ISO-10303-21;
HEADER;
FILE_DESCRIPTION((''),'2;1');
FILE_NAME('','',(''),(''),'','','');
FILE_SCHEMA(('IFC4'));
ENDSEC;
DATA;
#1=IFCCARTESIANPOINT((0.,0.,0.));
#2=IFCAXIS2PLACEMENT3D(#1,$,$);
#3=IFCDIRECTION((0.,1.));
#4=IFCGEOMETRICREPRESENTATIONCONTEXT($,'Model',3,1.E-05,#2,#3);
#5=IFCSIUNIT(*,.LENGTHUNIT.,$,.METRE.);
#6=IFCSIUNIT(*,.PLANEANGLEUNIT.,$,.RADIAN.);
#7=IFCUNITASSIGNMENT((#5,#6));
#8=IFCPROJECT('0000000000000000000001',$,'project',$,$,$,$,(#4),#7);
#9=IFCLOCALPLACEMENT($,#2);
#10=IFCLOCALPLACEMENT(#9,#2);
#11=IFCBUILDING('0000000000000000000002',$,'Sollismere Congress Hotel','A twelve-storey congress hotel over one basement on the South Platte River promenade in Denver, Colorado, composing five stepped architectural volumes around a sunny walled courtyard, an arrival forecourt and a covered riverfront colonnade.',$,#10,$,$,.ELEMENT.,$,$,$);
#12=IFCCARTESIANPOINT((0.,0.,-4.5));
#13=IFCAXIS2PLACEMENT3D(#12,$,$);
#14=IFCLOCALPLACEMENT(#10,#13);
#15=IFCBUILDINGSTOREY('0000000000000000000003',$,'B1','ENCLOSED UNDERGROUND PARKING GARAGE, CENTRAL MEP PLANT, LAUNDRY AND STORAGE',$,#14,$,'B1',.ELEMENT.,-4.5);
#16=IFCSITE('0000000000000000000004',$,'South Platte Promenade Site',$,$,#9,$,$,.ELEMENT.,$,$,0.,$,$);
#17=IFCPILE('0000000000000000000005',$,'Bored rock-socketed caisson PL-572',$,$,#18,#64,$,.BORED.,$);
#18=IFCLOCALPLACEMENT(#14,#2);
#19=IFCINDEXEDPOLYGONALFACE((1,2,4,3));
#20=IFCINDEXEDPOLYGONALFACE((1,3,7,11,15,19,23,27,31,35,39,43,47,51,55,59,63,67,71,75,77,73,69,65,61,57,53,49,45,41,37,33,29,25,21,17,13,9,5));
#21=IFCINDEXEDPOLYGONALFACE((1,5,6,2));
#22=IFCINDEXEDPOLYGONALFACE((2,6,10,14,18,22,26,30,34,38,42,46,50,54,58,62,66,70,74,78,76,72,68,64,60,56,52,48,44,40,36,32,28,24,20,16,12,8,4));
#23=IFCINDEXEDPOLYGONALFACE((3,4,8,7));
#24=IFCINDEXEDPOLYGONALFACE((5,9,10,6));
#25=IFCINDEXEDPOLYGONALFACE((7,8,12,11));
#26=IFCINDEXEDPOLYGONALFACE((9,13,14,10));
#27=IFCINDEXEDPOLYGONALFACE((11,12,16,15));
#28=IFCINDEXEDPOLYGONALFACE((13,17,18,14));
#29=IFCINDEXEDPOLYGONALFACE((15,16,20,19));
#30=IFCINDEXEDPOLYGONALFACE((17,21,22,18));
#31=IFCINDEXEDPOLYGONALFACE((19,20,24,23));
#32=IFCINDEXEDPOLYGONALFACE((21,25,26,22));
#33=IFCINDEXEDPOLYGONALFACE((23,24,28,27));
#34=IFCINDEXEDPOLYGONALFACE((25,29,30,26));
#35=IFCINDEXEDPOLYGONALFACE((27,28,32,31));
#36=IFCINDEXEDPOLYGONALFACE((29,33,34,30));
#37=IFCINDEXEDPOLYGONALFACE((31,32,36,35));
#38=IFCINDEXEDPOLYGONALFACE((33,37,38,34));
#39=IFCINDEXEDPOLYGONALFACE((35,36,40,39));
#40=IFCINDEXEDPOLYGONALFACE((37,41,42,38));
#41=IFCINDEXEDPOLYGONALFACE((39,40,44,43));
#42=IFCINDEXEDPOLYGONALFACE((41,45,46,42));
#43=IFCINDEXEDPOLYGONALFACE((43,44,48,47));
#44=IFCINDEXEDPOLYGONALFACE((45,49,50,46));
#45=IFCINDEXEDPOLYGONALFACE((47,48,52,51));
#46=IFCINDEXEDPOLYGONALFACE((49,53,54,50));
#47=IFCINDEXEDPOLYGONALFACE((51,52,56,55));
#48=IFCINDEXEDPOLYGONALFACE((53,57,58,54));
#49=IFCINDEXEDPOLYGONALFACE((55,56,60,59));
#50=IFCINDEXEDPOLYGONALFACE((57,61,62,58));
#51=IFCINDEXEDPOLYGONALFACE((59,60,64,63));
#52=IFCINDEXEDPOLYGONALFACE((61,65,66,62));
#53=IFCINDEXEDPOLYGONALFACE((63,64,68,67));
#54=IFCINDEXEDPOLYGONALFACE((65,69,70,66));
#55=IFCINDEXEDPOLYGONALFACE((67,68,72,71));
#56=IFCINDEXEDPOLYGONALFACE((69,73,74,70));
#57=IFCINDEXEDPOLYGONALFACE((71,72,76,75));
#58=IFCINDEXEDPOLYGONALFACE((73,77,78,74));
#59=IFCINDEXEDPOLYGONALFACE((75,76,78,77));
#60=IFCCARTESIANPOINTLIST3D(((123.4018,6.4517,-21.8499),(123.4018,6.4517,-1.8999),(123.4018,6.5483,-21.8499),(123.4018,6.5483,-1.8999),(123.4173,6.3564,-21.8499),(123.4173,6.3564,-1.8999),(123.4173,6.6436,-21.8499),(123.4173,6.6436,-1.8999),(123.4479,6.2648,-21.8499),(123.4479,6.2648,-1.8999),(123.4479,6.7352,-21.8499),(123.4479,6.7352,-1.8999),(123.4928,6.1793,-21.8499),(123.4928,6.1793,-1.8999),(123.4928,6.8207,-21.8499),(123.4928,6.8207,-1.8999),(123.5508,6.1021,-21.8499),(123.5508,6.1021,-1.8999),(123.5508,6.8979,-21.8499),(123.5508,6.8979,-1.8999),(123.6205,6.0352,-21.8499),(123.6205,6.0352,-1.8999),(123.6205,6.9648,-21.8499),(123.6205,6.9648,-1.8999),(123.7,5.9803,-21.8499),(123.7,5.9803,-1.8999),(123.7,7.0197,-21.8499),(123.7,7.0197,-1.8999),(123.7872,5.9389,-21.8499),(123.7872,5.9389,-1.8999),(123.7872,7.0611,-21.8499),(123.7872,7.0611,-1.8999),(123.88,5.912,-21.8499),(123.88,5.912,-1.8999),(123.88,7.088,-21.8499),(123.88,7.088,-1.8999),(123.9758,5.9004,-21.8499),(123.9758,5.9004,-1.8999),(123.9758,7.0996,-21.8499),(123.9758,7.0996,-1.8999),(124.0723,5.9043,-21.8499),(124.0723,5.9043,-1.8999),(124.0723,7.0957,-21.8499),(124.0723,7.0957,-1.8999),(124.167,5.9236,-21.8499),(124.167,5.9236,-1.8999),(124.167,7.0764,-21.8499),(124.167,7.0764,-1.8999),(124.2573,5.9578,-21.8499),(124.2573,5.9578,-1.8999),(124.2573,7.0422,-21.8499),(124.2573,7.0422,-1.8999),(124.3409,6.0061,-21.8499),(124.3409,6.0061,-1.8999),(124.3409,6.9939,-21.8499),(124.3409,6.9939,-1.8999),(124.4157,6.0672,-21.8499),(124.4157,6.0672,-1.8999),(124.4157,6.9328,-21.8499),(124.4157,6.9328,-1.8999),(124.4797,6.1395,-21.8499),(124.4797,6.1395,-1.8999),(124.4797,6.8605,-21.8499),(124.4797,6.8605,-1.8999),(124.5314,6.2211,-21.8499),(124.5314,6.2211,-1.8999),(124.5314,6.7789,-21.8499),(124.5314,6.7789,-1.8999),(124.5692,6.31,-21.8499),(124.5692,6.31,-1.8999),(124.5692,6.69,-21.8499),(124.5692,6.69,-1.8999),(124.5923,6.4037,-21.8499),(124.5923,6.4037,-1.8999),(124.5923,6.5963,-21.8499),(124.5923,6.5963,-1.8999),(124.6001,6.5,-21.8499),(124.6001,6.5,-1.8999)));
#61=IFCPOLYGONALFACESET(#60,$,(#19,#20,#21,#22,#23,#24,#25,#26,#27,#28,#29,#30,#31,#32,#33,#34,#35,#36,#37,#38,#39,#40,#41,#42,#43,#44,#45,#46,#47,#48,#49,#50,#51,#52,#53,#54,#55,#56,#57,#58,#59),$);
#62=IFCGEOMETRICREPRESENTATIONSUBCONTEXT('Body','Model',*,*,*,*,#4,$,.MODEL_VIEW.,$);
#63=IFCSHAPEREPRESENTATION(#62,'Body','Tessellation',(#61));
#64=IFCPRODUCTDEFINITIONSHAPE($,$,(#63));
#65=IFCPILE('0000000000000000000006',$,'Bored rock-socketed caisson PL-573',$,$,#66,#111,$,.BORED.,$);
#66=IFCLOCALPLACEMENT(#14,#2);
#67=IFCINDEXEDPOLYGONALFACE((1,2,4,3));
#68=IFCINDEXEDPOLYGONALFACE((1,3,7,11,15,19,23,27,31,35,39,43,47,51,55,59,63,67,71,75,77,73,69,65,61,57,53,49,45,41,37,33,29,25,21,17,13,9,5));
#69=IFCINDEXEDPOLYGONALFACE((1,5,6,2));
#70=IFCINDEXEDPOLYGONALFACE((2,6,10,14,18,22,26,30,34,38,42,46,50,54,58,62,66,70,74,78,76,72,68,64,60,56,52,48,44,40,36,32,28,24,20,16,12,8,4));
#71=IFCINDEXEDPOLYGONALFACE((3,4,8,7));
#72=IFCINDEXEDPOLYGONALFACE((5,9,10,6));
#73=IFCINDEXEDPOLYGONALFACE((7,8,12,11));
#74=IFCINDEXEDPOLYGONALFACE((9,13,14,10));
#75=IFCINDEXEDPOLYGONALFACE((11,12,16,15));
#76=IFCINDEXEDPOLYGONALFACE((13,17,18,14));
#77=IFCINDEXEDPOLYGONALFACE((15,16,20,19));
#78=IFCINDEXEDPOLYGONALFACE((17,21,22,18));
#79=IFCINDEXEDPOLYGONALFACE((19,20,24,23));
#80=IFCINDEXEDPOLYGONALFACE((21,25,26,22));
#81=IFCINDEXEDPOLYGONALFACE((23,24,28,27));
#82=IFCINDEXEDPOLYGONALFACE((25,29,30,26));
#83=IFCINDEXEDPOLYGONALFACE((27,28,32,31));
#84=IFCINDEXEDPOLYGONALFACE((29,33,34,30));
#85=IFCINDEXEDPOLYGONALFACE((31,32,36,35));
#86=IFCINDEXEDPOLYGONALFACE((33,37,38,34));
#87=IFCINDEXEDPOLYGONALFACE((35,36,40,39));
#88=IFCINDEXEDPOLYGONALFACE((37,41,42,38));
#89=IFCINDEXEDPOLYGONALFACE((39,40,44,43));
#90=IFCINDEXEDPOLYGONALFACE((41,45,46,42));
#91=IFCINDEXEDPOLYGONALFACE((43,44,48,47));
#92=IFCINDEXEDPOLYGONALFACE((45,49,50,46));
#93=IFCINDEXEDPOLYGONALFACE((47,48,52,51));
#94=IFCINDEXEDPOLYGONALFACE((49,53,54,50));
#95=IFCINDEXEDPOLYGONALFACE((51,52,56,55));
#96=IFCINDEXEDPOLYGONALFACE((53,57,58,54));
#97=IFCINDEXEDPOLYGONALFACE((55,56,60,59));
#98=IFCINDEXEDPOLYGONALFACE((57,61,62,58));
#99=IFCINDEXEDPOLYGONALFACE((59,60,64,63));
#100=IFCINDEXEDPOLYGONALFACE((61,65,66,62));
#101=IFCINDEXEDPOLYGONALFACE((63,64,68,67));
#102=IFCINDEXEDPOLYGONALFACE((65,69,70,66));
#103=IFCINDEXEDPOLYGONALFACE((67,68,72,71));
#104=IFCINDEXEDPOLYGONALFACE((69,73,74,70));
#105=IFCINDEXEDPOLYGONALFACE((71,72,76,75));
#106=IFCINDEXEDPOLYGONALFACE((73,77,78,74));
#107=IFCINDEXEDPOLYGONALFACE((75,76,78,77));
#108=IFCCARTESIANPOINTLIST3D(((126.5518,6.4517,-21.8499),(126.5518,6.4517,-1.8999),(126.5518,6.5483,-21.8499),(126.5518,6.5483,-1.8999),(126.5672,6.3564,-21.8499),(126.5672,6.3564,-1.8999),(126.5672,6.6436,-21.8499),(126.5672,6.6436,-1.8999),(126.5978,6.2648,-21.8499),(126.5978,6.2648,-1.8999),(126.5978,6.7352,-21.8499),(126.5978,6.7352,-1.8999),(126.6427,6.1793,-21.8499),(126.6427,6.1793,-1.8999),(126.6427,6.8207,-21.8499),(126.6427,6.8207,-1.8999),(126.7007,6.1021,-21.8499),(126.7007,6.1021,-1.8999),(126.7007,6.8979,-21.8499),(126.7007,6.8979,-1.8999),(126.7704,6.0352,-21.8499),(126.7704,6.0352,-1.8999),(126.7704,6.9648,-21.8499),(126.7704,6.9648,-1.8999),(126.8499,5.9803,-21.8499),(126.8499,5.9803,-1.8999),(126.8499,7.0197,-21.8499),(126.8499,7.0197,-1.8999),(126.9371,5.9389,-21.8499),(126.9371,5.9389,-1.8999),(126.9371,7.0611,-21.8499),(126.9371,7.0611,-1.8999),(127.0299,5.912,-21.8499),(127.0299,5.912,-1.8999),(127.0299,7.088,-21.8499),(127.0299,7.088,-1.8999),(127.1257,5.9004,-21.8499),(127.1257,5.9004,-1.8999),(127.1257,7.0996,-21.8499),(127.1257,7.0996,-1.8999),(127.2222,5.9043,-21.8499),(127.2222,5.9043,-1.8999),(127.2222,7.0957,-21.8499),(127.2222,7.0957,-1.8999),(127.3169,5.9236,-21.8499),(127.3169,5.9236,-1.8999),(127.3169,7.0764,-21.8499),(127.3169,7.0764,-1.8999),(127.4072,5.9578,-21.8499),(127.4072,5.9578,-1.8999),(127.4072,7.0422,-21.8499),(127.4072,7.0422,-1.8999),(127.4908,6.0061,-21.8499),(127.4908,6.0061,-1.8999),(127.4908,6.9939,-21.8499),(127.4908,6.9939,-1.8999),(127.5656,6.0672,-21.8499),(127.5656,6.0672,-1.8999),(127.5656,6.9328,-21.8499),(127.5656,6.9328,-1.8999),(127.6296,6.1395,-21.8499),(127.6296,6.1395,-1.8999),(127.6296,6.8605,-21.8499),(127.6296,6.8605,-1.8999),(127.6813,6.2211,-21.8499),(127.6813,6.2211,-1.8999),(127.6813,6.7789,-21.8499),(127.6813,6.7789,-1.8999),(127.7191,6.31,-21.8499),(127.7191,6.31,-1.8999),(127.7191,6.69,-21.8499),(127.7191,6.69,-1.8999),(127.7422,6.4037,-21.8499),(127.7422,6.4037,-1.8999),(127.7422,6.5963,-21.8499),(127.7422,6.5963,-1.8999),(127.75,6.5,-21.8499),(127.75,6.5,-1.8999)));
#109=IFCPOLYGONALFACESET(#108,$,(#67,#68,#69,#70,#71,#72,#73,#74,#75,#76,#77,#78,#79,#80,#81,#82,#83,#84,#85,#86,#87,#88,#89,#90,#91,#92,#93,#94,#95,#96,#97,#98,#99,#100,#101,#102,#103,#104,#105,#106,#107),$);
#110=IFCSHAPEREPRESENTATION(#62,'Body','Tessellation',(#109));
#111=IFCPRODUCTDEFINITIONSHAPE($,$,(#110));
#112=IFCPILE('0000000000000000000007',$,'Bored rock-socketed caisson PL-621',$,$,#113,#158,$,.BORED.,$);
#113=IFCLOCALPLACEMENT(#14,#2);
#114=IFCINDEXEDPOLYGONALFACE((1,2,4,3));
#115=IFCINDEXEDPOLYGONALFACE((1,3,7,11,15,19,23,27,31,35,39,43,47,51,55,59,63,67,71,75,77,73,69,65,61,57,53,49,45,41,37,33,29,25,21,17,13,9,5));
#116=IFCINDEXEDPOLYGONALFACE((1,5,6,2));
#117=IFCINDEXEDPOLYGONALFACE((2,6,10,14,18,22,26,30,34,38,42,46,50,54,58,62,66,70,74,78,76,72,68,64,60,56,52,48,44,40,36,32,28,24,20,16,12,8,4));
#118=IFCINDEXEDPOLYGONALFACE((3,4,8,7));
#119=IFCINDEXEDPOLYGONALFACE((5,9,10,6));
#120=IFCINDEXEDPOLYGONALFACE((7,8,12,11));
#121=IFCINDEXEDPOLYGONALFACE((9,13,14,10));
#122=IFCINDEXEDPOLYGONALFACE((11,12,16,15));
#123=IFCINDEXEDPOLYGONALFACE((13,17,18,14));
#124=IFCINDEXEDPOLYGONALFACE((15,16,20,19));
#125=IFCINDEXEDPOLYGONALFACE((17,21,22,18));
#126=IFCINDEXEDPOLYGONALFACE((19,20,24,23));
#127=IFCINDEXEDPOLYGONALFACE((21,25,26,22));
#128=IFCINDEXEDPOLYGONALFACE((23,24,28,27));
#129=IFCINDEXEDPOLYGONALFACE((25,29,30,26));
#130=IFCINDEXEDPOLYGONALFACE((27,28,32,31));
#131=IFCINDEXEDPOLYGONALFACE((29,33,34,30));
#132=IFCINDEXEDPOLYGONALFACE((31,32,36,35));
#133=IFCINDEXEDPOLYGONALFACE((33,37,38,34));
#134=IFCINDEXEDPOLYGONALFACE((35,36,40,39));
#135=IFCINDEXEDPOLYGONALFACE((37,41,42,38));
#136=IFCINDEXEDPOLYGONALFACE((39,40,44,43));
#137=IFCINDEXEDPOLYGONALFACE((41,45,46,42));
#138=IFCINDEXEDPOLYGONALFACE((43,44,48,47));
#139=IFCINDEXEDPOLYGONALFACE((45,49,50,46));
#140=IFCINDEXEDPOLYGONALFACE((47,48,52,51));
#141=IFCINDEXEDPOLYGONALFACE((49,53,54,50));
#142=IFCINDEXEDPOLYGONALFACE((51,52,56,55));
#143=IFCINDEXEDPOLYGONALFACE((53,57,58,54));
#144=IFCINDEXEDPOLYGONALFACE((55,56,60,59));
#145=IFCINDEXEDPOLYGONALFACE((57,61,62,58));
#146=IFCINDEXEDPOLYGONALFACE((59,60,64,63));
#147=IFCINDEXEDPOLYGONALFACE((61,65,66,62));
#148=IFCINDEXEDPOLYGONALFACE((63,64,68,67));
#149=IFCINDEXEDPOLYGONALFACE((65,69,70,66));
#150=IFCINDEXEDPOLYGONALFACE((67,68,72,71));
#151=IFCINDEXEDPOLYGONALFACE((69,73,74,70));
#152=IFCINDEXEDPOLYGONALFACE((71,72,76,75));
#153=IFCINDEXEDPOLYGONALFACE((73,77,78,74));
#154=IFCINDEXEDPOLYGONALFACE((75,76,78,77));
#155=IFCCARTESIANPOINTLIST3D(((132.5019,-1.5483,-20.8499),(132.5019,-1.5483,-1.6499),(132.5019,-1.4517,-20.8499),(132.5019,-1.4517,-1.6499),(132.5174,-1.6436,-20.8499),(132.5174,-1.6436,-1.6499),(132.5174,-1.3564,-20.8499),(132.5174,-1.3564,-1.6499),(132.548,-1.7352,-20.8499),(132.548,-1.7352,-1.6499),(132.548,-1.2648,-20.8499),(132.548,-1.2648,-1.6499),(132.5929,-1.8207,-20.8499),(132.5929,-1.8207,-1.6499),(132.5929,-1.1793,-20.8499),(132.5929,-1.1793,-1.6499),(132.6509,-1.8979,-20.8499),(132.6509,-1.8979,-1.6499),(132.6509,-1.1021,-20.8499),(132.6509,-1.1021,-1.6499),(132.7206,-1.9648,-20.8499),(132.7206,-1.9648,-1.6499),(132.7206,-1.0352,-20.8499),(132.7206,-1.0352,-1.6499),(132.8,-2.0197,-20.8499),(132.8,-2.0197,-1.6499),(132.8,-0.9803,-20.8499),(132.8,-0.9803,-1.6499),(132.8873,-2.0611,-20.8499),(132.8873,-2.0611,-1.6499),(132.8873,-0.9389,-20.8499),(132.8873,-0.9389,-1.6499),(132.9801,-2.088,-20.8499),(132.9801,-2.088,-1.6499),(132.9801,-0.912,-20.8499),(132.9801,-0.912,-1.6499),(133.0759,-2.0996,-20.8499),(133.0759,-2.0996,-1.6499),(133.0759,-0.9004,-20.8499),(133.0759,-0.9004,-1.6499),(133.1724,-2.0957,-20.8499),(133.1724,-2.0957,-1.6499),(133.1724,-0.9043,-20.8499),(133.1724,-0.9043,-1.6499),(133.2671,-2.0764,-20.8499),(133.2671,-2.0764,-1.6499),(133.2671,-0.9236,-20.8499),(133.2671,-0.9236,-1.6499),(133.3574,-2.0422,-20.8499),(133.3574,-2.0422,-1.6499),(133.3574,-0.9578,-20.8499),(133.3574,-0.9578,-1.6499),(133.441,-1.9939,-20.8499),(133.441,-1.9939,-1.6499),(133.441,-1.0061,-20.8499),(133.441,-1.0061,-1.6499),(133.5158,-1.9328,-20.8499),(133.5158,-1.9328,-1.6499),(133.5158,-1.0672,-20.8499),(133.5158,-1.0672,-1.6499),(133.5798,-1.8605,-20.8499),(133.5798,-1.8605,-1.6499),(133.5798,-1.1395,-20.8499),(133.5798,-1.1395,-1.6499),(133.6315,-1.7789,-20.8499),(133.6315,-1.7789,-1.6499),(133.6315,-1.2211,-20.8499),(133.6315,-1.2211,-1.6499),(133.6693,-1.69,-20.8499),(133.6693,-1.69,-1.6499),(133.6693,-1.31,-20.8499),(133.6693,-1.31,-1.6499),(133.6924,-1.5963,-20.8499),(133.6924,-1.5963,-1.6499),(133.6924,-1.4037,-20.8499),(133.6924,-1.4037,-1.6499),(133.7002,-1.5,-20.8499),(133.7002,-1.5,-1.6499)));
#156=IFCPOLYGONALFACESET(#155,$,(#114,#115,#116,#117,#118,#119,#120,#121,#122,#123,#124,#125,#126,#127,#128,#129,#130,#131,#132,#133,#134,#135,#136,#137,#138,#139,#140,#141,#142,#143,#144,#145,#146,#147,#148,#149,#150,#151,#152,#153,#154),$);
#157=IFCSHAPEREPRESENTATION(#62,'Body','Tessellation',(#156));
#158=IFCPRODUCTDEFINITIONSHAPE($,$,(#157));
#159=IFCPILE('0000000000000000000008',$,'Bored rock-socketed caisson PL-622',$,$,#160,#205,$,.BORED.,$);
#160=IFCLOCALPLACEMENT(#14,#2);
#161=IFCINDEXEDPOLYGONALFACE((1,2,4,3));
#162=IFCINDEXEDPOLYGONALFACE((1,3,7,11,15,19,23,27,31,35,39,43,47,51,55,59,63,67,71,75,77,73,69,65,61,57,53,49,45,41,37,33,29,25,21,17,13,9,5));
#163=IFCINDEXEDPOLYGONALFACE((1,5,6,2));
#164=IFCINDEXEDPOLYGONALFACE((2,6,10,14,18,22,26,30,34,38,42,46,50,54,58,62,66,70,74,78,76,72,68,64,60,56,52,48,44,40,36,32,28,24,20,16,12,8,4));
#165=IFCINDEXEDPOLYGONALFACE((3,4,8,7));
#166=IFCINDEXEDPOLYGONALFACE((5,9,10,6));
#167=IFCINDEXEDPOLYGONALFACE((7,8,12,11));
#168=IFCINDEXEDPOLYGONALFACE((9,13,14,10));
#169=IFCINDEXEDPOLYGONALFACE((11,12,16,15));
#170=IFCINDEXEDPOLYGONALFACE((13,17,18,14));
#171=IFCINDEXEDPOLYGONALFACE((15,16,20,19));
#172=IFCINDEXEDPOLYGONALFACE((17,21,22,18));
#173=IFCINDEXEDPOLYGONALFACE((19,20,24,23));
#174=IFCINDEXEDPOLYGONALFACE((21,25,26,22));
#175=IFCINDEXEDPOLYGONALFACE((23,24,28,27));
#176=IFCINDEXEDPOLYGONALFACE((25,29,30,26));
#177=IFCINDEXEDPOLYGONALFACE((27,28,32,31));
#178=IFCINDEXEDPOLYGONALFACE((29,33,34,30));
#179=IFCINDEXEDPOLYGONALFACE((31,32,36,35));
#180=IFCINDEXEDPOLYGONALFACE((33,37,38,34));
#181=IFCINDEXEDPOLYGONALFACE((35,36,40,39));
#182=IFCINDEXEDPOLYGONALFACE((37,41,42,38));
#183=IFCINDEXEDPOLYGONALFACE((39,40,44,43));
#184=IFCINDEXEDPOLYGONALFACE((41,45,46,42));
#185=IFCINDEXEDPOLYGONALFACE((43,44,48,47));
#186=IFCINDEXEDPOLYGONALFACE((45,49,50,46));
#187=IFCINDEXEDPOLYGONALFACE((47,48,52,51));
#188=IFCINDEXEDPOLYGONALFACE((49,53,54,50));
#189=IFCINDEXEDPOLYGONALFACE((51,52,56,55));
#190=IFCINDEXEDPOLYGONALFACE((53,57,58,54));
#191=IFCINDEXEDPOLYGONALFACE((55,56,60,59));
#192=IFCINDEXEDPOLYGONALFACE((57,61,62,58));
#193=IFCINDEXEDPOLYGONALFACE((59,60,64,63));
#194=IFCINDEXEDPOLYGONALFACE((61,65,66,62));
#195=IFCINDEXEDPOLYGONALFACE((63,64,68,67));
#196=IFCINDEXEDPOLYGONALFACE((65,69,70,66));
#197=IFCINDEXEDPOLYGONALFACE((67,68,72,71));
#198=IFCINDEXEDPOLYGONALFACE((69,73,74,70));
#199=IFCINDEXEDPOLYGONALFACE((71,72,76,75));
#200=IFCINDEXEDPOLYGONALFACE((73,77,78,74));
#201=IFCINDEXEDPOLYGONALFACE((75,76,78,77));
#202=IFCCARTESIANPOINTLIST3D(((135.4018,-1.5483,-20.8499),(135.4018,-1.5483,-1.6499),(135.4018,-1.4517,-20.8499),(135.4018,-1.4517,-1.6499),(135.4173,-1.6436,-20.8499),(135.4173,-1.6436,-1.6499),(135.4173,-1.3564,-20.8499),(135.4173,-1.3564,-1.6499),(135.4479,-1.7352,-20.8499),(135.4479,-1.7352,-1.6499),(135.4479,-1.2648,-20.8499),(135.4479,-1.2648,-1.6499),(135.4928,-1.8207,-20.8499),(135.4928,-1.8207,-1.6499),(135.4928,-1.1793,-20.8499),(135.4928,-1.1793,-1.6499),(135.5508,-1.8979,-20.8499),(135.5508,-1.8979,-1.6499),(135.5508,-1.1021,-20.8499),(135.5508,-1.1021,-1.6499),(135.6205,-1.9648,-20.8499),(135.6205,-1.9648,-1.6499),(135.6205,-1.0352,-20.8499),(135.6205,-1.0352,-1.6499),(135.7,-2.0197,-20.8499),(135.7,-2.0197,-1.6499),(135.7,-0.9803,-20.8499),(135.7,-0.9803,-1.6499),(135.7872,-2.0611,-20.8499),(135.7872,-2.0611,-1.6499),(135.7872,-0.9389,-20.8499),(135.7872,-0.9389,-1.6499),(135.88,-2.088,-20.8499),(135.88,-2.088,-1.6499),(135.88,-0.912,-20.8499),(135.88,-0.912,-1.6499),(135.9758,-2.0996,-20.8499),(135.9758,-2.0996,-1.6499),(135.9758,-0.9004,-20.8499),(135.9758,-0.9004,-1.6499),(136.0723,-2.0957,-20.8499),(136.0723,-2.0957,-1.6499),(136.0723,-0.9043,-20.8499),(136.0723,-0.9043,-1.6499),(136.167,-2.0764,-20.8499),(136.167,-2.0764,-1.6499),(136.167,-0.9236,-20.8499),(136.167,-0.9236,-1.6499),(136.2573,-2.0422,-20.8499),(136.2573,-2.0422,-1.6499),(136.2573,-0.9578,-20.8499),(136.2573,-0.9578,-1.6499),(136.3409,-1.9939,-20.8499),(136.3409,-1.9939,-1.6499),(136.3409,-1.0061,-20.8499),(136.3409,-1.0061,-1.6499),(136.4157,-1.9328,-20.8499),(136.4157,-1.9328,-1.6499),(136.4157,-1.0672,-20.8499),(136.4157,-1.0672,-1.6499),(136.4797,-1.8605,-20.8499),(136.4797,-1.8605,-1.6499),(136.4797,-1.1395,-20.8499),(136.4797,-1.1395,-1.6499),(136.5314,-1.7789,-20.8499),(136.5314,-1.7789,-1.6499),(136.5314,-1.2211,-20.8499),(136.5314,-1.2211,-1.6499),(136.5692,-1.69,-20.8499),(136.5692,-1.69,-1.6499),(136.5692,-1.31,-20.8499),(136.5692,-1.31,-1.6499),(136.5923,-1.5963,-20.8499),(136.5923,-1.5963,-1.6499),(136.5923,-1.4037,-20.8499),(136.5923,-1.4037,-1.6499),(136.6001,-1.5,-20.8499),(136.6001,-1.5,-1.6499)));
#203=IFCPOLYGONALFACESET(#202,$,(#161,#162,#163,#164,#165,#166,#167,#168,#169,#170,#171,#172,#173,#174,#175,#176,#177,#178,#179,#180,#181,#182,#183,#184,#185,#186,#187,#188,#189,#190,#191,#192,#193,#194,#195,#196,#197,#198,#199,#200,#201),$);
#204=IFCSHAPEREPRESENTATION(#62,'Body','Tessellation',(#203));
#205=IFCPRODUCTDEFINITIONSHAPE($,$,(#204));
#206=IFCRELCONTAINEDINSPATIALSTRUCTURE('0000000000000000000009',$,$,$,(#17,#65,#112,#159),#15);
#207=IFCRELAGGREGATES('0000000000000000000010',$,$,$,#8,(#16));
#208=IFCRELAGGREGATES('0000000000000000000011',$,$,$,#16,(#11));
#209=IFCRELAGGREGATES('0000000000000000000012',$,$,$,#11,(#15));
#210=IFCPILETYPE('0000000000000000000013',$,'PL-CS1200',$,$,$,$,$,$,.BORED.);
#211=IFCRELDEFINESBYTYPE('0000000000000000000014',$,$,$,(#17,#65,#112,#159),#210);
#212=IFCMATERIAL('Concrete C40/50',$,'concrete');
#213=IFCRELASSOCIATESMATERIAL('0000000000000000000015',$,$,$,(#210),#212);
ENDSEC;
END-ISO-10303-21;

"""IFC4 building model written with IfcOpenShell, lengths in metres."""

from ifc_helpers import new_model, si_unit, direction, frame, origin, origin_2d, place, context, subcontext, project, spatial, circle, extrude, material, material_profile, profile_set, type_object, element, save


model = new_model("IFC4")

# Units and contexts
model_context = context("Model", 3, precision=1e-05, world=origin(), true_north=direction((0.0, 1.0)))
body_context = subcontext(model_context, "Body", "Model", "MODEL_VIEW")
ifc_project = project(units=[si_unit("LENGTHUNIT", "METRE"), si_unit("PLANEANGLEUNIT", "RADIAN")], contexts=[model_context])

# Site, building, storey
site_placement = place(None, origin())
site = spatial("IfcSite", under=ifc_project, at=site_placement, Name="South Platte Promenade Site", CompositionType="ELEMENT", RefElevation=0.0)
building_placement = place(site_placement, origin())
building = spatial("IfcBuilding", under=site, at=building_placement, Name="Sollismere Congress Hotel", Description="A twelve-storey congress hotel over one basement on the South Platte River promenade in Denver, Colorado, composing five stepped architectural volumes around a sunny walled courtyard, an arrival forecourt and a covered riverfront colonnade.", CompositionType="ELEMENT")
storey_placement = place(building_placement, frame((0.0, 0.0, -4.5)))
storey = spatial("IfcBuildingStorey", under=building, at=storey_placement, Name="B1", Description="ENCLOSED UNDERGROUND PARKING GARAGE, CENTRAL MEP PLANT, LAUNDRY AND STORAGE", LongName="B1", CompositionType="ELEMENT", Elevation=-4.5)

# Shared definitions
ifc_material_1 = material(Name="Concrete C40/50", Category="concrete")

# Piles
ifc_material_profile_1 = material_profile(ifc_material_1, circle(Radius=0.6001, at=origin_2d()), Name="CAISSON1200")
ifc_profile_set_1 = profile_set([ifc_material_profile_1], Name="Concrete C40/50")
pile_type = type_object("IfcPileType", Name="PL-CS1200", PredefinedType="BORED", material=ifc_profile_set_1)
for number, where, z_axis, x_axis, name in (
    (1, (124.0, 6.5, -1.8999), (0.0, 0.0, -1.0), (1.0, 0.0, 0.0), "Bored rock-socketed caisson PL-572"),
    (2, (127.1499, 6.5, -1.8999), (0.0, 0.0, -1.0), (1.0, 0.0, 0.0), "Bored rock-socketed caisson PL-573"),
):
    element("IfcPile", number, at=place(storey_placement, frame(where, z_axis=z_axis, x_axis=x_axis)), inside=storey, type_object=pile_type, Name=name, PredefinedType="BORED", context=body_context, shape_type="SweptSolid", body=[
        extrude(circle(Radius=0.6001, at=origin_2d()), origin(), (0.0, 0.0, 1.0), 19.95),
    ])
for number, where, z_axis, x_axis, name in (
    (3, (133.1001, -1.5, -1.6499), (0.0, 0.0, -1.0), (1.0, 0.0, 0.0), "Bored rock-socketed caisson PL-621"),
    (4, (136.0, -1.5, -1.6499), (0.0, 0.0, -1.0), (1.0, 0.0, 0.0), "Bored rock-socketed caisson PL-622"),
):
    element("IfcPile", number, at=place(storey_placement, frame(where, z_axis=z_axis, x_axis=x_axis)), inside=storey, type_object=pile_type, Name=name, PredefinedType="BORED", context=body_context, shape_type="SweptSolid", body=[
        extrude(circle(Radius=0.6001, at=origin_2d()), origin(), (0.0, 0.0, 1.0), 19.2),
    ])

save(model, "model.ifc")
